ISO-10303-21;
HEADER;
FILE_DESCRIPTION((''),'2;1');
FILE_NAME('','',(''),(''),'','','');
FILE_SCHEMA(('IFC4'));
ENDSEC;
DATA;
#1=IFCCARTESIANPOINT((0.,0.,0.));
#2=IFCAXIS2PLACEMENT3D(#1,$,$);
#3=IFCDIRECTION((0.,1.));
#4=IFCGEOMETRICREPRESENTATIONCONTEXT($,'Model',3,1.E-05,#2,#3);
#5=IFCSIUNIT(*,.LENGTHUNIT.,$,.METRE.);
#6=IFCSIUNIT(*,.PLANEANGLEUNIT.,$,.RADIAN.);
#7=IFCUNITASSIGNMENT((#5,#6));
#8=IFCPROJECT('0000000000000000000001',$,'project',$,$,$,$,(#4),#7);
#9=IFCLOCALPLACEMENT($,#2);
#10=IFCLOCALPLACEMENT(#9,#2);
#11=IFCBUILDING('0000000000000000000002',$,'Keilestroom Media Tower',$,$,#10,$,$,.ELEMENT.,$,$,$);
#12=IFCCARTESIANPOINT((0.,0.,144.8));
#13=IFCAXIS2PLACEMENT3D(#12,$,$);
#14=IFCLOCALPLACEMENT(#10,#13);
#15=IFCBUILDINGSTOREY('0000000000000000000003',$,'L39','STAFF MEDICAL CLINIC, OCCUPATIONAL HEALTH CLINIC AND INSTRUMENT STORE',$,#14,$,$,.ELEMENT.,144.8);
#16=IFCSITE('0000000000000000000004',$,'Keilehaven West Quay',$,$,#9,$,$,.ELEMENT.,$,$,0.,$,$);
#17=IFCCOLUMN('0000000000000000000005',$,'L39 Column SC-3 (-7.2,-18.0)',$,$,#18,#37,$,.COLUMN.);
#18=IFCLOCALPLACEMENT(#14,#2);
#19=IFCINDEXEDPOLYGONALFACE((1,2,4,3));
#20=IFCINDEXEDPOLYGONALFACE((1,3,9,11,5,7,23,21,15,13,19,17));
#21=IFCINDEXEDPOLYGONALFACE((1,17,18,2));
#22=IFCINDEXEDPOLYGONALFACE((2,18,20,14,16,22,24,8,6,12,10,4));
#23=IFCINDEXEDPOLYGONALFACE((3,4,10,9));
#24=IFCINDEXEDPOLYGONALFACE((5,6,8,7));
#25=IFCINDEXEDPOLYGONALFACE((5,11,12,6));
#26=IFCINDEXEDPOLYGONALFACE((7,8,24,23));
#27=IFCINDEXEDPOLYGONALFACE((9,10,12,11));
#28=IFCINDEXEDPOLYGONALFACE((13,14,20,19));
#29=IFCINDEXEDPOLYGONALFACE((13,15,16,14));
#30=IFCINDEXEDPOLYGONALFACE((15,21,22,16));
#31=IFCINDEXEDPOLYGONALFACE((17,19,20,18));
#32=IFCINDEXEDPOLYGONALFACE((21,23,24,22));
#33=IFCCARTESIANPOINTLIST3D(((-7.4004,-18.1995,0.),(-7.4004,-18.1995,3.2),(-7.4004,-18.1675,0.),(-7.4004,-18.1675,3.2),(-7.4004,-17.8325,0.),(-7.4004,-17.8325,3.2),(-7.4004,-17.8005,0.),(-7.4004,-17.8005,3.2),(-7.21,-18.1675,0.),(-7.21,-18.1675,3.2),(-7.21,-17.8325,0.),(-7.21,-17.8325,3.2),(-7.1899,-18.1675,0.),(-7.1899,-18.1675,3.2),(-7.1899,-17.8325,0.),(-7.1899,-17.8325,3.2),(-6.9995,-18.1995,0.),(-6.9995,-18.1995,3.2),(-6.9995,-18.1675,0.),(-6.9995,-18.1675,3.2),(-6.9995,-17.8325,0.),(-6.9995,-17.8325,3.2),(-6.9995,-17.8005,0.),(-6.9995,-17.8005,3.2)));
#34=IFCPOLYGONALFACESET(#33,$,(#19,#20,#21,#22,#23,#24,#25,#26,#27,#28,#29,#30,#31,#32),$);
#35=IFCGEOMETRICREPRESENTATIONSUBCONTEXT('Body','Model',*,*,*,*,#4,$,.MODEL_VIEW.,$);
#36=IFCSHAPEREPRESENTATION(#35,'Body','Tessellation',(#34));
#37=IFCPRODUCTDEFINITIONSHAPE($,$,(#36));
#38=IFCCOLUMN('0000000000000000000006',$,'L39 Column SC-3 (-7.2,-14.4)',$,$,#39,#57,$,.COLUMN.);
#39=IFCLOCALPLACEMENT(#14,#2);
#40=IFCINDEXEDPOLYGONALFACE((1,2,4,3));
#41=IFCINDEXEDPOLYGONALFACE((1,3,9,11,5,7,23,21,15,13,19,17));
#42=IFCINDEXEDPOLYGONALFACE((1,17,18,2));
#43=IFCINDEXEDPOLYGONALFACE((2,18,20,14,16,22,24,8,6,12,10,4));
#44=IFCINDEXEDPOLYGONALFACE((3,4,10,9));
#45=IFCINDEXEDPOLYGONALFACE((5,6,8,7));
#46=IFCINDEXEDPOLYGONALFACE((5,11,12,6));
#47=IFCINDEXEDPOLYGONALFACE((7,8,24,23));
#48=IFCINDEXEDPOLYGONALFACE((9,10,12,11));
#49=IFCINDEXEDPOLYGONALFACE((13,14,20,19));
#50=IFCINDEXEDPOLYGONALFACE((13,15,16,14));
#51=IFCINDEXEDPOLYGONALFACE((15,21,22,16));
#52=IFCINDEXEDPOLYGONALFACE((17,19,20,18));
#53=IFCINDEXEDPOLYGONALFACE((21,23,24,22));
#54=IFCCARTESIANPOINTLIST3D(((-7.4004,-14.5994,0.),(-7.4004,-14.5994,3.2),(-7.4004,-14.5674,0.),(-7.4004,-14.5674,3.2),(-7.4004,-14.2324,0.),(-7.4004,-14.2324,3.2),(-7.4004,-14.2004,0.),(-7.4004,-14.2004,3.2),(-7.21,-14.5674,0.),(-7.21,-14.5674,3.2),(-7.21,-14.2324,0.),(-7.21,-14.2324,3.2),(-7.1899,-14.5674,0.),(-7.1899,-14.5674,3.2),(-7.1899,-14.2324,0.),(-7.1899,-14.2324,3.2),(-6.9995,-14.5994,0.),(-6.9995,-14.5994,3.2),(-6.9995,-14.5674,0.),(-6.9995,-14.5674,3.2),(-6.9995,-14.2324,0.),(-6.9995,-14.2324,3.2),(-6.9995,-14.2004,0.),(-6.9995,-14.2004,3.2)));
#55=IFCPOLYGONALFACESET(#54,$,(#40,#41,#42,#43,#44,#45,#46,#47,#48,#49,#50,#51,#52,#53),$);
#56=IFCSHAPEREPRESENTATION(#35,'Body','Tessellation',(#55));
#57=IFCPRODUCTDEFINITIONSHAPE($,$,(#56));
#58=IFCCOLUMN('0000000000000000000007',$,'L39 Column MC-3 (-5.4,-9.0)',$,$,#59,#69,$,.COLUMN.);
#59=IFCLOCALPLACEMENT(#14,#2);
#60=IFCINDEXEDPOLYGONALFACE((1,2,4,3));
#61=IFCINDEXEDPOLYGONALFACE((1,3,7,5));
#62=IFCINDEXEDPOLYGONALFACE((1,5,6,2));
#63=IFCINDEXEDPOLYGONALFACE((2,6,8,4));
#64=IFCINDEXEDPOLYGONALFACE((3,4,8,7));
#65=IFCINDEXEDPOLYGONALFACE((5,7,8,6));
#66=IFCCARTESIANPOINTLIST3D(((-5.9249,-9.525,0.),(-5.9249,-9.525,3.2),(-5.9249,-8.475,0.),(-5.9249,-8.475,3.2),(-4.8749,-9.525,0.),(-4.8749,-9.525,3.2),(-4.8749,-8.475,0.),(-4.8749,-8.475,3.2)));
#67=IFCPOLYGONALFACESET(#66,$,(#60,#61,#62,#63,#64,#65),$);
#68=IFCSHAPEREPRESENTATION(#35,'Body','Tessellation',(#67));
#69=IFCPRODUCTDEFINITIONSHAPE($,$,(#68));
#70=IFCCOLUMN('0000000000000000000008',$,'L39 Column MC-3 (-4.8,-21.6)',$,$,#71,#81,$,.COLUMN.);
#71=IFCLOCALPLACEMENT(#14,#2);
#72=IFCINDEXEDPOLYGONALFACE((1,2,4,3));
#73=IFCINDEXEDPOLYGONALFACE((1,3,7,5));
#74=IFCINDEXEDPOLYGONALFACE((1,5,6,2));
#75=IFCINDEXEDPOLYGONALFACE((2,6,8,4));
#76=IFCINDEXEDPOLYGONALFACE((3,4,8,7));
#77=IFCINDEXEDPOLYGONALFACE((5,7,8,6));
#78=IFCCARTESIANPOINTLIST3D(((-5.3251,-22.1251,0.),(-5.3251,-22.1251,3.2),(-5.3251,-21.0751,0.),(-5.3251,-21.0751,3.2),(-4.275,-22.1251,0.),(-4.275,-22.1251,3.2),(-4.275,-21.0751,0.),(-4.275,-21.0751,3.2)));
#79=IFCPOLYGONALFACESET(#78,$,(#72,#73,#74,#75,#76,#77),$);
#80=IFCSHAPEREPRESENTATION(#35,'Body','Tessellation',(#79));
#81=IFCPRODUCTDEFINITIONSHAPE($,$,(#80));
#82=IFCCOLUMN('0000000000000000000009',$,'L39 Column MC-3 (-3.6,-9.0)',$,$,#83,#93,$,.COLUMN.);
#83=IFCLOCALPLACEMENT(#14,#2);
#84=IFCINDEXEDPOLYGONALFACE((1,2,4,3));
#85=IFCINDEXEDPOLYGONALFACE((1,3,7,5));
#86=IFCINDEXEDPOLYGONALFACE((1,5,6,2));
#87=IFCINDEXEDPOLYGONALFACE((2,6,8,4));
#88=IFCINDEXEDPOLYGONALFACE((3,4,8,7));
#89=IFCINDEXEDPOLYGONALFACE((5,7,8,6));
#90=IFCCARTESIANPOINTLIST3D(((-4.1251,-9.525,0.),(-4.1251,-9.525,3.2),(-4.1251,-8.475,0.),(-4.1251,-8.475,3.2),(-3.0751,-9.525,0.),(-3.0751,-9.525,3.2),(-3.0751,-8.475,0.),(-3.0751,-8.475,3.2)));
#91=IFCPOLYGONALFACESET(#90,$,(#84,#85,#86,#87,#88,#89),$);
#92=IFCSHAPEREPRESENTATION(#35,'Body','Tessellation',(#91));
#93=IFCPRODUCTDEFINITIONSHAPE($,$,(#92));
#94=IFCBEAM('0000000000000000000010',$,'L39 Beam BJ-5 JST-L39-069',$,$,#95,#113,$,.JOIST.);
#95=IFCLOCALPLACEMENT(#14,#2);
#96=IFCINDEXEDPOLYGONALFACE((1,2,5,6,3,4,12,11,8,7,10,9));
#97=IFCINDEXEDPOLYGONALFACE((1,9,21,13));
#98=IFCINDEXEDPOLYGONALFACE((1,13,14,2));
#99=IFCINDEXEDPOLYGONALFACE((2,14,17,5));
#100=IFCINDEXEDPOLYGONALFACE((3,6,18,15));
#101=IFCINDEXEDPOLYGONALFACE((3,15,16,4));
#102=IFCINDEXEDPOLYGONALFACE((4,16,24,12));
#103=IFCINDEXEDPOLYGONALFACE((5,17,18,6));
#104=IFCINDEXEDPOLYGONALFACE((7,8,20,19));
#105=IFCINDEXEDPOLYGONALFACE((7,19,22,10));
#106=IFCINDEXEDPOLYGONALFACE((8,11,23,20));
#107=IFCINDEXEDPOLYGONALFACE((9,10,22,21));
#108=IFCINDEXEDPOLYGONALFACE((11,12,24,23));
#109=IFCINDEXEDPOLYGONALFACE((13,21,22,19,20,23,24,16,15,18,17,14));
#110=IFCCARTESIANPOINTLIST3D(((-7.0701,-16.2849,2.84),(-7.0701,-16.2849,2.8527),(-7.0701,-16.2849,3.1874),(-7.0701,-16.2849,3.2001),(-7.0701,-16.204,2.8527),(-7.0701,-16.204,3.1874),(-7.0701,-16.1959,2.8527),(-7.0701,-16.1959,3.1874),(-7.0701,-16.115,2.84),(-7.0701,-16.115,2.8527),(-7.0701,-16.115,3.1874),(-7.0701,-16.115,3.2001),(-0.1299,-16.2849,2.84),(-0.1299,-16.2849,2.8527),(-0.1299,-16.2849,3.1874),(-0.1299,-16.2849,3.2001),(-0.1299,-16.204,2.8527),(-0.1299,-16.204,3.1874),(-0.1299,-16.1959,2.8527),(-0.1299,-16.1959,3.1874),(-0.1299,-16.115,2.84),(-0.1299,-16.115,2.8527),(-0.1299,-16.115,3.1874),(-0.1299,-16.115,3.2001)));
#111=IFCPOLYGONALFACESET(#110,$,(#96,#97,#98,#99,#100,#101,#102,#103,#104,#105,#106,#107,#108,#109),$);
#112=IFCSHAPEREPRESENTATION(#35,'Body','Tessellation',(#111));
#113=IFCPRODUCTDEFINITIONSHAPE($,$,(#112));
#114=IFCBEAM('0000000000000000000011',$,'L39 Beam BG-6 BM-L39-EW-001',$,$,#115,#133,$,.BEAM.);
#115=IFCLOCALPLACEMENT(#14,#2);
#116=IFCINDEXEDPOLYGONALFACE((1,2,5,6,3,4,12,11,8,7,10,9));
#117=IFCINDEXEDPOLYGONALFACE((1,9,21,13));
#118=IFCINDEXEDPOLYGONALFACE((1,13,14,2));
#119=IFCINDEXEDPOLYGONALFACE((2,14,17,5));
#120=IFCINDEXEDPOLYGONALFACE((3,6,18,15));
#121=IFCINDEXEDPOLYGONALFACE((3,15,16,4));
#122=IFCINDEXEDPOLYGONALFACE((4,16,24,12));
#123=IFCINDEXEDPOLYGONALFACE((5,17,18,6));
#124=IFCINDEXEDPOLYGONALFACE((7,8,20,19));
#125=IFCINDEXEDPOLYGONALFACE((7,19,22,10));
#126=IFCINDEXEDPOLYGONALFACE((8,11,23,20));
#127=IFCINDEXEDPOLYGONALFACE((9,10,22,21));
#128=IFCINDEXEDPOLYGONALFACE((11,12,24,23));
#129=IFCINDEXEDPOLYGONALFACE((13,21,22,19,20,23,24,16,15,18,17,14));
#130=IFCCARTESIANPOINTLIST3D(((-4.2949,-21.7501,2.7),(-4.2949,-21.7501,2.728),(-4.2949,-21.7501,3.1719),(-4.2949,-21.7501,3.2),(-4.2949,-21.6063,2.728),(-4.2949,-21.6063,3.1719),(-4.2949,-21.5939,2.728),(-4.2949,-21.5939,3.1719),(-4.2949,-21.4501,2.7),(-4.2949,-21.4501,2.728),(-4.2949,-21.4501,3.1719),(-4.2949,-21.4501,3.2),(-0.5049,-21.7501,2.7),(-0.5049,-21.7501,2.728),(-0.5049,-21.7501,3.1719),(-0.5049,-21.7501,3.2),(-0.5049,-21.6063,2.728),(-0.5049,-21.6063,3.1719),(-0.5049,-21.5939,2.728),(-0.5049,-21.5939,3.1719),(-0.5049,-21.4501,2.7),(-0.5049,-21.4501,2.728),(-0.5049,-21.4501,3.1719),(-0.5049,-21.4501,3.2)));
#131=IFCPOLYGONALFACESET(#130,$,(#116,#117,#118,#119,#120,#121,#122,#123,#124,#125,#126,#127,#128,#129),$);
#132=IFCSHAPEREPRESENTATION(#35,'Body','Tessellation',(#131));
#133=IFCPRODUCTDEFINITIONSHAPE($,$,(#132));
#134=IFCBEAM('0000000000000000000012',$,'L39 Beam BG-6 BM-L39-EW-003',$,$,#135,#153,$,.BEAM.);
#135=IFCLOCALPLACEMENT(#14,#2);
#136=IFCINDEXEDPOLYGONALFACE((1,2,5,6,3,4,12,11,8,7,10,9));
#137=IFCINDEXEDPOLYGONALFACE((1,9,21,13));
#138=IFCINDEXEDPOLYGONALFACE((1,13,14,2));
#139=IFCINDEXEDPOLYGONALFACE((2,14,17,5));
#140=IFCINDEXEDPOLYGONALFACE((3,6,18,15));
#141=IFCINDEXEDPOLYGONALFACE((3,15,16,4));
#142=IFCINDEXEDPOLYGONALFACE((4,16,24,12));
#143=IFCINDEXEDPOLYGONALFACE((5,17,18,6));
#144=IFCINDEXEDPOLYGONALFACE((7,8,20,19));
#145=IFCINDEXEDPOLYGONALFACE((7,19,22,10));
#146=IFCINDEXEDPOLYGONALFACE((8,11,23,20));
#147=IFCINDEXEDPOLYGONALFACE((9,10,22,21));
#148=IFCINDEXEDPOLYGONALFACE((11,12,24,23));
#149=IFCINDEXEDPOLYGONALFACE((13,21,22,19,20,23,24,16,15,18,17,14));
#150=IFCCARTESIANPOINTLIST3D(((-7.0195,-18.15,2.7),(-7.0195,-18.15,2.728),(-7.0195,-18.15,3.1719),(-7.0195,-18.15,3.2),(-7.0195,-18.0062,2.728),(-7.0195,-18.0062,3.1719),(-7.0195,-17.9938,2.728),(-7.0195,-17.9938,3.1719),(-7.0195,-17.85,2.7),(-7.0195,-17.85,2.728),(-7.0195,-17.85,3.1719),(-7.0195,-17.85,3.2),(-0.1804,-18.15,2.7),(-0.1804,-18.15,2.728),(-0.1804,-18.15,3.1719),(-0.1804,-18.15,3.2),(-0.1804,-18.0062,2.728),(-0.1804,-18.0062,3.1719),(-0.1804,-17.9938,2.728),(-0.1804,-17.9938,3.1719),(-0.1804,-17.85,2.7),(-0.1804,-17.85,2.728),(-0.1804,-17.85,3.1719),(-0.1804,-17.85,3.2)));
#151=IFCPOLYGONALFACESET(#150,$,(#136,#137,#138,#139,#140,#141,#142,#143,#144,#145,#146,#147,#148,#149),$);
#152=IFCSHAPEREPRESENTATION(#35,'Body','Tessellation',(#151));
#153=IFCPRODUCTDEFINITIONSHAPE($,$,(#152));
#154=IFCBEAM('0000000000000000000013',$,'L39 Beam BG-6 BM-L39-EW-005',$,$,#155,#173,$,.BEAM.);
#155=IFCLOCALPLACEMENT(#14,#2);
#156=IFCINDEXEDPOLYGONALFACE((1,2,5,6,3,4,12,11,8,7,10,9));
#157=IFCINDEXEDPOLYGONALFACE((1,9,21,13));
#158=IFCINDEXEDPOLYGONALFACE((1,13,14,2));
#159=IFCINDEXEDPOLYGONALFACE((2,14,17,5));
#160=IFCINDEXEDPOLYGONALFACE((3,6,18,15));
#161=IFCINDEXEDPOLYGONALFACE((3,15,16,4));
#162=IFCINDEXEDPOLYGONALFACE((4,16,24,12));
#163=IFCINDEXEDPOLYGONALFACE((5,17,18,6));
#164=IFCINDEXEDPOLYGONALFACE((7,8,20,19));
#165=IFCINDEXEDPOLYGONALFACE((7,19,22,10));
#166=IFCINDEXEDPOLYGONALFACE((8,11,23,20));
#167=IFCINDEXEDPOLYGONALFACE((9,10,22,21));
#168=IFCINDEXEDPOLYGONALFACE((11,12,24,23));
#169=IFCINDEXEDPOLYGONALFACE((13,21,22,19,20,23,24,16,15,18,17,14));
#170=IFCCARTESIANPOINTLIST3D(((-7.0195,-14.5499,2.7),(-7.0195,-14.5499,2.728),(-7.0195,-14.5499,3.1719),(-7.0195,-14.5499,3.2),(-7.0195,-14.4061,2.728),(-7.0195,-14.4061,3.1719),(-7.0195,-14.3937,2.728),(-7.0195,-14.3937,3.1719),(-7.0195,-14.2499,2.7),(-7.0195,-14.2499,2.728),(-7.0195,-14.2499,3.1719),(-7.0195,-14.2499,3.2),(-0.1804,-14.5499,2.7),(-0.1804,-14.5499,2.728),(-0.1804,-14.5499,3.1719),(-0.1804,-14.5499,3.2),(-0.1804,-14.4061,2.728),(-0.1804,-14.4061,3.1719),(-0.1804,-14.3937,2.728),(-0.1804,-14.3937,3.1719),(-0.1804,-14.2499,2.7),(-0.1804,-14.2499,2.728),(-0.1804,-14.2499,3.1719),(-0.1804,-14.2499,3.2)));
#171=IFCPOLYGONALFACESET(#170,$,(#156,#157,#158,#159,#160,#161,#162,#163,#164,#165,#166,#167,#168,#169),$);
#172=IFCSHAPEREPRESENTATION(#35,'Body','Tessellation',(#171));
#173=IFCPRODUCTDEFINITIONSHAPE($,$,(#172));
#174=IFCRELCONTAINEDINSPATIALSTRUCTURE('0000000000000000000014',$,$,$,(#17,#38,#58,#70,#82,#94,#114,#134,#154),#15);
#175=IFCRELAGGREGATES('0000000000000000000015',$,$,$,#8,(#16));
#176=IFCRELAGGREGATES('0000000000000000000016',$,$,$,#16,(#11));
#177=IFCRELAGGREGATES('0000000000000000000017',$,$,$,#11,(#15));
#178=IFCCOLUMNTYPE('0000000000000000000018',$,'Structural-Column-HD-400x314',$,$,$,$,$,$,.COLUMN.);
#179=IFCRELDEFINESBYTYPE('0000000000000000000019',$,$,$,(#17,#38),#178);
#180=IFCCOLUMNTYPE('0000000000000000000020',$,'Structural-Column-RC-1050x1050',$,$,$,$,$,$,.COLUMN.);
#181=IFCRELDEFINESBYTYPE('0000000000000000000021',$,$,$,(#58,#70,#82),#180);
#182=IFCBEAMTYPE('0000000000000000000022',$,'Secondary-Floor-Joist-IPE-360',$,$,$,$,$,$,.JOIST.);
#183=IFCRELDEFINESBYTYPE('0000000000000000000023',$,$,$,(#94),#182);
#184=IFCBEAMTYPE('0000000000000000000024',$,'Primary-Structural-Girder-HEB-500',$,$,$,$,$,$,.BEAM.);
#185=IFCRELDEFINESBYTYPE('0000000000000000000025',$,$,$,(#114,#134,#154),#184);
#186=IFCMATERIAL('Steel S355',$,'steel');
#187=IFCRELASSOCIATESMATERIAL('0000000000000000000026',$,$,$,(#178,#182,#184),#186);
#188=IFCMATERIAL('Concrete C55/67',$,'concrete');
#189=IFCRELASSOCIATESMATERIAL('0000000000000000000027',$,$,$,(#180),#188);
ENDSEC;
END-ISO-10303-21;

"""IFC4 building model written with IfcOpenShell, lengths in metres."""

from ifc_helpers import new_model, si_unit, direction, frame, origin, origin_2d, place, context, subcontext, project, spatial, rectangle, i_section, extrude, source, transform, mapped, material, material_profile, profile_set, type_object, element, save


model = new_model("IFC4")

# Units and contexts
model_context = context("Model", 3, precision=1e-05, world=origin(), true_north=direction((0.0, 1.0)))
body_context = subcontext(model_context, "Body", "Model", "MODEL_VIEW")
ifc_project = project(units=[si_unit("LENGTHUNIT", "METRE"), si_unit("PLANEANGLEUNIT", "RADIAN")], contexts=[model_context])

# Site, building, storey
site_placement = place(None, origin())
site = spatial("IfcSite", under=ifc_project, at=site_placement, Name="Keilehaven West Quay", CompositionType="ELEMENT", RefElevation=0.0)
building_placement = place(site_placement, origin())
building = spatial("IfcBuilding", under=site, at=building_placement, Name="Keilestroom Media Tower", CompositionType="ELEMENT")
storey_placement = place(building_placement, frame((0.0, 0.0, 144.8)))
storey = spatial("IfcBuildingStorey", under=building, at=storey_placement, Name="L39", Description="STAFF MEDICAL CLINIC, OCCUPATIONAL HEALTH CLINIC AND INSTRUMENT STORE", CompositionType="ELEMENT", Elevation=144.8)

# Columns
ifc_material_1 = material(Name="Steel S355", Category="steel")
ifc_material_profile_1 = material_profile(ifc_material_1, i_section(OverallWidth=0.4009, OverallDepth=0.3989, WebThickness=0.02, FlangeThickness=0.032, at=origin_2d()), Name="HD 400x314")
ifc_profile_set_1 = profile_set([ifc_material_profile_1], Name="Steel S355")
column_type_1 = type_object("IfcColumnType", Name="Structural-Column-HD-400x314", PredefinedType="COLUMN", material=ifc_profile_set_1)
shared_shape_1 = source(origin(), body_context, "Body", "SweptSolid", [
    extrude(i_section(OverallWidth=0.4009, OverallDepth=0.3989, WebThickness=0.02, FlangeThickness=0.032, at=origin_2d()), origin(), (0.0, 0.0, 1.0), 3.2),
])
for number, where, z_axis, x_axis, name in (
    (1, (-7.2, -18.0, 0.0), (0.0, 0.0, 1.0), (1.0, 0.0, 0.0), "L39 Column SC-3 (-7.2,-18.0)"),
    (2, (-7.2, -14.3999, 0.0), (0.0, 0.0, 1.0), (1.0, 0.0, 0.0), "L39 Column SC-3 (-7.2,-14.4)"),
):
    element("IfcColumn", number, at=place(storey_placement, frame(where, z_axis=z_axis, x_axis=x_axis)), inside=storey, type_object=column_type_1, Name=name, PredefinedType="COLUMN", context=body_context, shape_type="MappedRepresentation", body=[
        mapped(shared_shape_1, transform((0.0, 0.0, 0.0), x_axis=(1.0, 0.0, 0.0), y_axis=(0.0, 1.0, 0.0), z_axis=(0.0, 0.0, 1.0), scale=1.0)),
    ])
ifc_material_2 = material(Name="Concrete C55/67", Category="concrete")
ifc_material_profile_2 = material_profile(ifc_material_2, rectangle(XDim=1.05, YDim=1.05, at=origin_2d()), Name="RC 1050x1050")
ifc_profile_set_2 = profile_set([ifc_material_profile_2], Name="Concrete C55/67")
column_type_2 = type_object("IfcColumnType", Name="Structural-Column-RC-1050x1050", PredefinedType="COLUMN", material=ifc_profile_set_2)
shared_shape_2 = source(origin(), body_context, "Body", "SweptSolid", [
    extrude(rectangle(XDim=1.05, YDim=1.05, at=origin_2d()), origin(), (0.0, 0.0, 1.0), 3.2),
])
for number, where, z_axis, x_axis, name in (
    (3, (-5.3999, -9.0, 0.0), (0.0, 0.0, 1.0), (1.0, 0.0, 0.0), "L39 Column MC-3 (-5.4,-9.0)"),
    (4, (-4.8, -21.6001, 0.0), (0.0, 0.0, 1.0), (1.0, 0.0, 0.0), "L39 Column MC-3 (-4.8,-21.6)"),
    (5, (-3.6001, -9.0, 0.0), (0.0, 0.0, 1.0), (1.0, 0.0, 0.0), "L39 Column MC-3 (-3.6,-9.0)"),
):
    element("IfcColumn", number, at=place(storey_placement, frame(where, z_axis=z_axis, x_axis=x_axis)), inside=storey, type_object=column_type_2, Name=name, PredefinedType="COLUMN", context=body_context, shape_type="MappedRepresentation", body=[
        mapped(shared_shape_2, transform((0.0, 0.0, 0.0), x_axis=(1.0, 0.0, 0.0), y_axis=(0.0, 1.0, 0.0), z_axis=(0.0, 0.0, 1.0), scale=1.0)),
    ])

# Beams
ifc_material_profile_3 = material_profile(ifc_material_1, i_section(OverallWidth=0.1699, OverallDepth=0.3601, WebThickness=0.0081, FlangeThickness=0.0127, at=origin_2d()), Name="IPE 360")
ifc_profile_set_3 = profile_set([ifc_material_profile_3], Name="Steel S355")
beam_type_1 = type_object("IfcBeamType", Name="Secondary-Floor-Joist-IPE-360", PredefinedType="JOIST", material=ifc_profile_set_3)
shared_shape_3 = source(origin(), body_context, "Body", "SweptSolid", [
    extrude(i_section(OverallWidth=0.1699, OverallDepth=0.3601, WebThickness=0.0081, FlangeThickness=0.0127, at=origin_2d()), origin(), (0.0, 0.0, 1.0), 6.9402),
])
beam_1_placement = place(storey_placement, frame((-7.0701, -16.2, 3.02), z_axis=(1.0, 0.0, 0.0), x_axis=(0.0, 1.0, 0.0)))
element("IfcBeam", 6, at=beam_1_placement, inside=storey, type_object=beam_type_1, Name="L39 Beam BJ-5 JST-L39-069", PredefinedType="JOIST", context=body_context, shape_type="MappedRepresentation", body=[
    mapped(shared_shape_3, transform((0.0, 0.0, 0.0), x_axis=(1.0, 0.0, 0.0), y_axis=(0.0, 1.0, 0.0), z_axis=(0.0, 0.0, 1.0), scale=1.0)),
])
ifc_material_profile_4 = material_profile(ifc_material_1, i_section(OverallWidth=0.3, OverallDepth=0.5, WebThickness=0.0125, FlangeThickness=0.0281, at=origin_2d()), Name="HEB 500")
ifc_profile_set_4 = profile_set([ifc_material_profile_4], Name="Steel S355")
beam_type_2 = type_object("IfcBeamType", Name="Primary-Structural-Girder-HEB-500", PredefinedType="BEAM", material=ifc_profile_set_4)
shared_shape_4 = source(origin(), body_context, "Body", "SweptSolid", [
    extrude(i_section(OverallWidth=0.3, OverallDepth=0.5, WebThickness=0.0125, FlangeThickness=0.0281, at=origin_2d()), origin(), (0.0, 0.0, 1.0), 3.79),
])
beam_2_placement = place(storey_placement, frame((-4.2949, -21.6001, 2.95), z_axis=(1.0, 0.0, 0.0), x_axis=(0.0, 1.0, 0.0)))
element("IfcBeam", 7, at=beam_2_placement, inside=storey, type_object=beam_type_2, Name="L39 Beam BG-6 BM-L39-EW-001", PredefinedType="BEAM", context=body_context, shape_type="MappedRepresentation", body=[
    mapped(shared_shape_4, transform((0.0, 0.0, 0.0), x_axis=(1.0, 0.0, 0.0), y_axis=(0.0, 1.0, 0.0), z_axis=(0.0, 0.0, 1.0), scale=1.0)),
])
shared_shape_5 = source(origin(), body_context, "Body", "SweptSolid", [
    extrude(i_section(OverallWidth=0.3, OverallDepth=0.5, WebThickness=0.0125, FlangeThickness=0.0281, at=origin_2d()), origin(), (0.0, 0.0, 1.0), 6.8391),
])
for number, where, z_axis, x_axis, name in (
    (8, (-7.0195, -18.0, 2.95), (1.0, 0.0, 0.0), (0.0, 1.0, 0.0), "L39 Beam BG-6 BM-L39-EW-003"),
    (9, (-7.0195, -14.3999, 2.95), (1.0, 0.0, 0.0), (0.0, 1.0, 0.0), "L39 Beam BG-6 BM-L39-EW-005"),
):
    element("IfcBeam", number, at=place(storey_placement, frame(where, z_axis=z_axis, x_axis=x_axis)), inside=storey, type_object=beam_type_2, Name=name, PredefinedType="BEAM", context=body_context, shape_type="MappedRepresentation", body=[
        mapped(shared_shape_5, transform((0.0, 0.0, 0.0), x_axis=(1.0, 0.0, 0.0), y_axis=(0.0, 1.0, 0.0), z_axis=(0.0, 0.0, 1.0), scale=1.0)),
    ])

save(model, "model.ifc")
